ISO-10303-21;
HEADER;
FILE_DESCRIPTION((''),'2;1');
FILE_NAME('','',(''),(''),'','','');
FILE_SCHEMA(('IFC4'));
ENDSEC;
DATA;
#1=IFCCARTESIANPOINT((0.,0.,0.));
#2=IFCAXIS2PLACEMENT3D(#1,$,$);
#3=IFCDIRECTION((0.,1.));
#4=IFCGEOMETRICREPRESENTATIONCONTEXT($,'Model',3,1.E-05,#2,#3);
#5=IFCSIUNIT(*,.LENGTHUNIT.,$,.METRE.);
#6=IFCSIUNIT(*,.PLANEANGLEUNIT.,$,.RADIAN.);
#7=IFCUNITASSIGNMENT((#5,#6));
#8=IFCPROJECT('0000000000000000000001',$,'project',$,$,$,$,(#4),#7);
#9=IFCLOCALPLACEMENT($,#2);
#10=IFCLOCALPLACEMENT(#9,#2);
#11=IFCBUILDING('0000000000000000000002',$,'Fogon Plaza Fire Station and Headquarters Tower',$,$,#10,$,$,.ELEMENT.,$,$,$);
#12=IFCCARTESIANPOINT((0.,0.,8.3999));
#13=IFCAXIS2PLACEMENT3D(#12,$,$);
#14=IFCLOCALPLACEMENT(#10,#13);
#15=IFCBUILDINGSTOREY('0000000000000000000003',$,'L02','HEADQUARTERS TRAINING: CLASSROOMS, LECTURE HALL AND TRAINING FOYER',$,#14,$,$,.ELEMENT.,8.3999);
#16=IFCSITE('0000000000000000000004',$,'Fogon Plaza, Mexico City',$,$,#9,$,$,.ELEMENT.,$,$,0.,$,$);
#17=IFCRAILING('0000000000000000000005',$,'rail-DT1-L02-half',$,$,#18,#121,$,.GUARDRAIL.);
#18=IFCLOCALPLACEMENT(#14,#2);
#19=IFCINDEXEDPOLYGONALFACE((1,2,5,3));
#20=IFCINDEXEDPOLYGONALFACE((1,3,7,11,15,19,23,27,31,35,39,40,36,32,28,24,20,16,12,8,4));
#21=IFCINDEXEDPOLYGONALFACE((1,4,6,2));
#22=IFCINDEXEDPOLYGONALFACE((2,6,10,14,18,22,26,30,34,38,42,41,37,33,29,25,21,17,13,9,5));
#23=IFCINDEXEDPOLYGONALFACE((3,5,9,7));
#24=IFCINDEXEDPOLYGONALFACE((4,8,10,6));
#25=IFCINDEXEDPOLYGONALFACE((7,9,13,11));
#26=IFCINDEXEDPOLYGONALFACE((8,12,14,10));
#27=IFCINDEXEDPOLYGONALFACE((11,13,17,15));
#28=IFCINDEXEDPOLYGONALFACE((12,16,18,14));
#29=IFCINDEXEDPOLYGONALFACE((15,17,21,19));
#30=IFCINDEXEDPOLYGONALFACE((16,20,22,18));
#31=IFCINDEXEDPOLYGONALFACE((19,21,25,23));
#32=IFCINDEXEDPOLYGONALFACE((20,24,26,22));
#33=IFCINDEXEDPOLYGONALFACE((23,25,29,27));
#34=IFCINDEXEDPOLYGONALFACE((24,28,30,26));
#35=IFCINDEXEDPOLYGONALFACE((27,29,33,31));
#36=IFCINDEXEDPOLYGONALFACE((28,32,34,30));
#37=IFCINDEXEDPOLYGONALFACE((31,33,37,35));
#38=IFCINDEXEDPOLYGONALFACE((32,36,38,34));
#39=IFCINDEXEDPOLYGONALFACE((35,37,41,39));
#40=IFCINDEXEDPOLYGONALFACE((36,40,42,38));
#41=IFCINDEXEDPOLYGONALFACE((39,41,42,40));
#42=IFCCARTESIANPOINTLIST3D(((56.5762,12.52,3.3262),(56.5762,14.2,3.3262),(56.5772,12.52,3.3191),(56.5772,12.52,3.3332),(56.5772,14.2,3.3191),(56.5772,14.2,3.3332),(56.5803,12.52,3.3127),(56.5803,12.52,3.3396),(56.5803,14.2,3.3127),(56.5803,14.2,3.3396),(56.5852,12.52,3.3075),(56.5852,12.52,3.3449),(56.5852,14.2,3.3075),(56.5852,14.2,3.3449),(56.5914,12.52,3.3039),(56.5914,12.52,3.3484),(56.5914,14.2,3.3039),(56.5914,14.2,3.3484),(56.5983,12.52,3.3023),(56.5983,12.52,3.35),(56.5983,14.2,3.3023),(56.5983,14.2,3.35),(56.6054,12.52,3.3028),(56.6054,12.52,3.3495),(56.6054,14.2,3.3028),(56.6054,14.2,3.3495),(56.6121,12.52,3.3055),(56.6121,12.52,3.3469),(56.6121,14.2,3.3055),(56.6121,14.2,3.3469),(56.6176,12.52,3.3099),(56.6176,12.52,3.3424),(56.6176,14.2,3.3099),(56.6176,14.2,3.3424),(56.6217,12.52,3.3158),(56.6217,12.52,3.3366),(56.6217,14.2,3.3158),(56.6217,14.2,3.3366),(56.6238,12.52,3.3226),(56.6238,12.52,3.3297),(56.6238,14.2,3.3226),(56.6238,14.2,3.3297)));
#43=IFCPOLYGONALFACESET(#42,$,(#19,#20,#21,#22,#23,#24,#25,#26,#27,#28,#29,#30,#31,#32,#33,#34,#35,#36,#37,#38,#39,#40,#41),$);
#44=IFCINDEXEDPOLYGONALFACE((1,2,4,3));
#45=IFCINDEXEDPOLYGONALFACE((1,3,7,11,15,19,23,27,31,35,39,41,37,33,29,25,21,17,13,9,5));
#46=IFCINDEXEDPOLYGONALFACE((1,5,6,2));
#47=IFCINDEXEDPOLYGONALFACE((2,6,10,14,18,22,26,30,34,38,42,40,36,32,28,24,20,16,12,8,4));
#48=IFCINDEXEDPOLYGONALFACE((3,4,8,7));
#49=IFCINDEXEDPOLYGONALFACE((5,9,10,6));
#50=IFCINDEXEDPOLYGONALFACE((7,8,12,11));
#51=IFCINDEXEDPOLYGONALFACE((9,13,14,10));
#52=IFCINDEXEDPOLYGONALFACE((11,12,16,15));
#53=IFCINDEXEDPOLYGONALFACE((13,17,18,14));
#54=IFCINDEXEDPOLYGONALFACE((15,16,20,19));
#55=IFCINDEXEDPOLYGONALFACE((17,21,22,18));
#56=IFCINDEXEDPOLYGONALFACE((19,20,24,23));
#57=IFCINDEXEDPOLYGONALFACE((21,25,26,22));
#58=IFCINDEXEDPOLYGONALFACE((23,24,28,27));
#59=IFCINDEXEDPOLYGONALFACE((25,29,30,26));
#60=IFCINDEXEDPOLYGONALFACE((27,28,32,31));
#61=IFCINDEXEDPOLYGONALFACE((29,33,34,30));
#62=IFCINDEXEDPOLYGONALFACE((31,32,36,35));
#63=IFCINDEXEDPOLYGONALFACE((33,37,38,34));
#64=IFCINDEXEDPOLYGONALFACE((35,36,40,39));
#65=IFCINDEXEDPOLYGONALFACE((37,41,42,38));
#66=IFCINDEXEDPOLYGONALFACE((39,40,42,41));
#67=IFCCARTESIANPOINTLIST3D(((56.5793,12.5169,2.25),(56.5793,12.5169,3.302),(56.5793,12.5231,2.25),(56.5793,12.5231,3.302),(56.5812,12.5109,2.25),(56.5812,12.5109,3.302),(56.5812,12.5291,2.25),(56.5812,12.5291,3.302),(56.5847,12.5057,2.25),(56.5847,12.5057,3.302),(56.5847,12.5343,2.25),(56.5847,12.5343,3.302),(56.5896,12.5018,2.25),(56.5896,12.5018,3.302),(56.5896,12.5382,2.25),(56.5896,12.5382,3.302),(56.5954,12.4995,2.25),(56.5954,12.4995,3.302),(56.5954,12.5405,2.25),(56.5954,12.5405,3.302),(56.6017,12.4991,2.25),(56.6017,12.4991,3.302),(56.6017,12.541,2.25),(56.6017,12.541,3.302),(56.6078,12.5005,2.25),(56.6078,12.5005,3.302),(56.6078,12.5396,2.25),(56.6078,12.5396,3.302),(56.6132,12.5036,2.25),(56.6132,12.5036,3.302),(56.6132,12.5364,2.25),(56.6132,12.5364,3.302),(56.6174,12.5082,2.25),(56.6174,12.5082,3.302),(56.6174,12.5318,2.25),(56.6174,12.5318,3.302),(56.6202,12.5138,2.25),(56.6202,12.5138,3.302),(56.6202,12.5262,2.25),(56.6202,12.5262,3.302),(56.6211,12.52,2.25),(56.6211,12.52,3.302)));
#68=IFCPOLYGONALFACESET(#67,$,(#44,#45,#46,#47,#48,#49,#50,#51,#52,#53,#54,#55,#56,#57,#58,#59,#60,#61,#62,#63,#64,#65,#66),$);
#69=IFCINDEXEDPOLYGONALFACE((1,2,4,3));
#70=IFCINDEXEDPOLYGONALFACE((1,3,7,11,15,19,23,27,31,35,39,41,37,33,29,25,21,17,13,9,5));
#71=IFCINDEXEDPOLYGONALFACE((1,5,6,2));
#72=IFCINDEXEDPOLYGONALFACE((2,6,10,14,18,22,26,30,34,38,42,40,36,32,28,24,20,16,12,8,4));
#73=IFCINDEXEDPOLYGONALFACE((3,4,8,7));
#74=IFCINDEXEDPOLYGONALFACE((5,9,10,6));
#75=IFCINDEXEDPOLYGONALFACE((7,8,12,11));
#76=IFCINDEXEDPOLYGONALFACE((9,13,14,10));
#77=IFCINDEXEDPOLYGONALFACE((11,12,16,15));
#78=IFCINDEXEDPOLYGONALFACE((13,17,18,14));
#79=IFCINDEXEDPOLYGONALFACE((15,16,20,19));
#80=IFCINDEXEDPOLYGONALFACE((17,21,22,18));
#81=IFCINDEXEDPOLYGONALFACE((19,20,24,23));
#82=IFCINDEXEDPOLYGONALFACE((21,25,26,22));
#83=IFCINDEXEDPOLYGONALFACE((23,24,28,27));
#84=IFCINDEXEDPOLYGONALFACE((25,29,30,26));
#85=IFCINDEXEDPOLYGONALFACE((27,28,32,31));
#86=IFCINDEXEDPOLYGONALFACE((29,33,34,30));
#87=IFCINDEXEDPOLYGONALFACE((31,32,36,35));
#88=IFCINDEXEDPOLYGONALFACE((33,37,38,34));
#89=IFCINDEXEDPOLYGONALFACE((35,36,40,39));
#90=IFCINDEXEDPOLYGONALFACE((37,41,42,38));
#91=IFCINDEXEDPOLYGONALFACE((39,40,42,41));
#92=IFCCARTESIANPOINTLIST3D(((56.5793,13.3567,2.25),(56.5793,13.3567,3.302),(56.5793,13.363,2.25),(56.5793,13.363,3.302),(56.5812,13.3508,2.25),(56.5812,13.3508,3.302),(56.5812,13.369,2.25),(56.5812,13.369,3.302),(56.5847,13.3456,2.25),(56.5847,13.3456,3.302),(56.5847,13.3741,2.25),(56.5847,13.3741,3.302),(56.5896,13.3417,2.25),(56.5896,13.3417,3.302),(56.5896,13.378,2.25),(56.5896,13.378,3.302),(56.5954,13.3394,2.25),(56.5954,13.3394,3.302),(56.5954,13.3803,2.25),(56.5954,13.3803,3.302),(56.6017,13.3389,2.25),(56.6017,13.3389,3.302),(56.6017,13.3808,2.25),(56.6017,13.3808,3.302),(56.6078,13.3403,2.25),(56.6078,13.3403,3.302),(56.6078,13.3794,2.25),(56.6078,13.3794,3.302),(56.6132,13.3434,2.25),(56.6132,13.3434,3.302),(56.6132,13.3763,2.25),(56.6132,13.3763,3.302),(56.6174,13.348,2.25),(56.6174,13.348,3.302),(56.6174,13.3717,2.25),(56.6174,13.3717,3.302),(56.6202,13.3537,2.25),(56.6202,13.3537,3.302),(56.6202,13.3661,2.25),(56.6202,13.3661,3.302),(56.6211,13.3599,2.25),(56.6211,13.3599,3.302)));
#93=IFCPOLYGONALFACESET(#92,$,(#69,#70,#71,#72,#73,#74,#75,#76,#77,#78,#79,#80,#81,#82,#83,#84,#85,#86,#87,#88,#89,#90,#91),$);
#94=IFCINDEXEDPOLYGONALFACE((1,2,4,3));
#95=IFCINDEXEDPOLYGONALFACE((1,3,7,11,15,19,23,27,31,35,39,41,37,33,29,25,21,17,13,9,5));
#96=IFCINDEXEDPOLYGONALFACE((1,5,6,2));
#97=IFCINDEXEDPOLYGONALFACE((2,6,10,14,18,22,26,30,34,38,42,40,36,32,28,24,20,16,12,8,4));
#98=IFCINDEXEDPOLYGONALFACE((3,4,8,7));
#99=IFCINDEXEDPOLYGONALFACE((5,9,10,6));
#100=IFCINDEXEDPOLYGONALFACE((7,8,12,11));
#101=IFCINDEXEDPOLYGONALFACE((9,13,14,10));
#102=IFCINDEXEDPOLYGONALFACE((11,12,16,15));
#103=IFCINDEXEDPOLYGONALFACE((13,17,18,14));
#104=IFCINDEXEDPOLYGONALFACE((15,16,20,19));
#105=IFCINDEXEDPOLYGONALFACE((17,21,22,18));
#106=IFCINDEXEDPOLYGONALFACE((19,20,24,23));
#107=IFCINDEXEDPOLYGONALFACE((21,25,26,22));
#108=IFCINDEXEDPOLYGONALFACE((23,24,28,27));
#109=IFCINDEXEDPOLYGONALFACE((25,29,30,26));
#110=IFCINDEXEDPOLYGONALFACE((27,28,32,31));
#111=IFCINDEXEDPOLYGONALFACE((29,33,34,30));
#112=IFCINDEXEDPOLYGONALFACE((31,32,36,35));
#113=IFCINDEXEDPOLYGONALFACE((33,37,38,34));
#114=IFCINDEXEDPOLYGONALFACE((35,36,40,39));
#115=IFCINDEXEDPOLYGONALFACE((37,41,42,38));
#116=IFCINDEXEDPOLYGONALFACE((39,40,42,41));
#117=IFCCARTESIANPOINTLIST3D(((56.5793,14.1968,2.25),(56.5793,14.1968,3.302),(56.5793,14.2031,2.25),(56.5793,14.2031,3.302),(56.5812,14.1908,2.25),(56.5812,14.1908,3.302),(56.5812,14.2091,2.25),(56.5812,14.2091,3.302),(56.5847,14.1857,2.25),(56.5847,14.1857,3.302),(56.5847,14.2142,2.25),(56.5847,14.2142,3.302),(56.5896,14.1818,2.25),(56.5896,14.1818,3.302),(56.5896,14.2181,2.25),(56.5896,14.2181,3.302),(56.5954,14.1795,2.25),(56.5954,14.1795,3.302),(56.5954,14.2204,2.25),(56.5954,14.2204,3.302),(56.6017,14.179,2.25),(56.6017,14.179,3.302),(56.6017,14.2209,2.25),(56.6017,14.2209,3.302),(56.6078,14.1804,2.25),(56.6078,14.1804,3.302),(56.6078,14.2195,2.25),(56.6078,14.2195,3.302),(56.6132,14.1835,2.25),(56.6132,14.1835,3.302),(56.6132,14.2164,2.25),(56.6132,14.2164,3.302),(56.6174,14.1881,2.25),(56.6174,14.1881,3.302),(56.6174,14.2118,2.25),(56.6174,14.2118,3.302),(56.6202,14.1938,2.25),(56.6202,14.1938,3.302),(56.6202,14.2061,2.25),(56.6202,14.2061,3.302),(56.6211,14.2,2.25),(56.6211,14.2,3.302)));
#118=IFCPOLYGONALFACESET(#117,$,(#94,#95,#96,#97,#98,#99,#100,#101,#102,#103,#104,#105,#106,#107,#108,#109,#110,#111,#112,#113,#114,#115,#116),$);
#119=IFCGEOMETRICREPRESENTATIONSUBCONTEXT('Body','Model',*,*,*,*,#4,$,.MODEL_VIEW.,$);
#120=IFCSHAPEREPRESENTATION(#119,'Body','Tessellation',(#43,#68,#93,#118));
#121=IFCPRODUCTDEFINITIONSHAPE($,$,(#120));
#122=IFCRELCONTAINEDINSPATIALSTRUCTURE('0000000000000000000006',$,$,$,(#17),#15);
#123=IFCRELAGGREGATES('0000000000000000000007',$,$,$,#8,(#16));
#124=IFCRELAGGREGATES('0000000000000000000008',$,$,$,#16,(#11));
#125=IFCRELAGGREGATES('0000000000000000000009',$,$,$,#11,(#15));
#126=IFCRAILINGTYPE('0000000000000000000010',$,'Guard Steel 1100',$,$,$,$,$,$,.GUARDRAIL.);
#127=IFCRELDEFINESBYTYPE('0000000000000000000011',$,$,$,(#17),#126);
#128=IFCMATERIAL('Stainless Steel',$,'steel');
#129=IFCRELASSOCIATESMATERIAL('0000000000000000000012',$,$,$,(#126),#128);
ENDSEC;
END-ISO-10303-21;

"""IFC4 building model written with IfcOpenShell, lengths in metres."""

from ifc_helpers import new_model, si_unit, direction, frame, origin, origin_2d, place, context, subcontext, project, spatial, circle, extrude, material, type_object, element, save


model = new_model("IFC4")

# Units and contexts
model_context = context("Model", 3, precision=1e-05, world=origin(), true_north=direction((0.0, 1.0)))
body_context = subcontext(model_context, "Body", "Model", "MODEL_VIEW")
ifc_project = project(units=[si_unit("LENGTHUNIT", "METRE"), si_unit("PLANEANGLEUNIT", "RADIAN")], contexts=[model_context])

# Site, building, storey
site_placement = place(None, origin())
site = spatial("IfcSite", under=ifc_project, at=site_placement, Name="Fogon Plaza, Mexico City", CompositionType="ELEMENT", RefElevation=0.0)
building_placement = place(site_placement, origin())
building = spatial("IfcBuilding", under=site, at=building_placement, Name="Fogon Plaza Fire Station and Headquarters Tower", CompositionType="ELEMENT")
storey_placement = place(building_placement, frame((0.0, 0.0, 8.3999)))
storey = spatial("IfcBuildingStorey", under=building, at=storey_placement, Name="L02", Description="HEADQUARTERS TRAINING: CLASSROOMS, LECTURE HALL AND TRAINING FOYER", CompositionType="ELEMENT", Elevation=8.3999)

# Railing
ifc_material_1 = material(Name="Stainless Steel", Category="steel")
railing_type_1 = type_object("IfcRailingType", Name="Guard Steel 1100", PredefinedType="GUARDRAIL", material=ifc_material_1)
railing_1_placement = place(storey_placement, frame((56.6001, 12.52, 2.25)))
element("IfcRailing", 1, at=railing_1_placement, inside=storey, type_object=railing_type_1, Name="rail-DT1-L02-half", PredefinedType="GUARDRAIL", context=body_context, shape_type="SweptSolid", body=[
    extrude(circle(Radius=0.0239, at=origin_2d()), frame((0.0, 0.0, 1.0762), z_axis=(0.0, 1.0, 0.0), x_axis=(-1.0, 0.0, 0.0)), (0.0, 0.0, 1.0), 1.6799),
    extrude(circle(Radius=0.021, at=origin_2d()), origin(), (0.0, 0.0, 1.0), 1.052),
    extrude(circle(Radius=0.021, at=origin_2d()), frame((0.0, 0.8398, 0.0)), (0.0, 0.0, 1.0), 1.052),
    extrude(circle(Radius=0.021, at=origin_2d()), frame((0.0, 1.6799, 0.0)), (0.0, 0.0, 1.0), 1.052),
])

save(model, "model.ifc")
